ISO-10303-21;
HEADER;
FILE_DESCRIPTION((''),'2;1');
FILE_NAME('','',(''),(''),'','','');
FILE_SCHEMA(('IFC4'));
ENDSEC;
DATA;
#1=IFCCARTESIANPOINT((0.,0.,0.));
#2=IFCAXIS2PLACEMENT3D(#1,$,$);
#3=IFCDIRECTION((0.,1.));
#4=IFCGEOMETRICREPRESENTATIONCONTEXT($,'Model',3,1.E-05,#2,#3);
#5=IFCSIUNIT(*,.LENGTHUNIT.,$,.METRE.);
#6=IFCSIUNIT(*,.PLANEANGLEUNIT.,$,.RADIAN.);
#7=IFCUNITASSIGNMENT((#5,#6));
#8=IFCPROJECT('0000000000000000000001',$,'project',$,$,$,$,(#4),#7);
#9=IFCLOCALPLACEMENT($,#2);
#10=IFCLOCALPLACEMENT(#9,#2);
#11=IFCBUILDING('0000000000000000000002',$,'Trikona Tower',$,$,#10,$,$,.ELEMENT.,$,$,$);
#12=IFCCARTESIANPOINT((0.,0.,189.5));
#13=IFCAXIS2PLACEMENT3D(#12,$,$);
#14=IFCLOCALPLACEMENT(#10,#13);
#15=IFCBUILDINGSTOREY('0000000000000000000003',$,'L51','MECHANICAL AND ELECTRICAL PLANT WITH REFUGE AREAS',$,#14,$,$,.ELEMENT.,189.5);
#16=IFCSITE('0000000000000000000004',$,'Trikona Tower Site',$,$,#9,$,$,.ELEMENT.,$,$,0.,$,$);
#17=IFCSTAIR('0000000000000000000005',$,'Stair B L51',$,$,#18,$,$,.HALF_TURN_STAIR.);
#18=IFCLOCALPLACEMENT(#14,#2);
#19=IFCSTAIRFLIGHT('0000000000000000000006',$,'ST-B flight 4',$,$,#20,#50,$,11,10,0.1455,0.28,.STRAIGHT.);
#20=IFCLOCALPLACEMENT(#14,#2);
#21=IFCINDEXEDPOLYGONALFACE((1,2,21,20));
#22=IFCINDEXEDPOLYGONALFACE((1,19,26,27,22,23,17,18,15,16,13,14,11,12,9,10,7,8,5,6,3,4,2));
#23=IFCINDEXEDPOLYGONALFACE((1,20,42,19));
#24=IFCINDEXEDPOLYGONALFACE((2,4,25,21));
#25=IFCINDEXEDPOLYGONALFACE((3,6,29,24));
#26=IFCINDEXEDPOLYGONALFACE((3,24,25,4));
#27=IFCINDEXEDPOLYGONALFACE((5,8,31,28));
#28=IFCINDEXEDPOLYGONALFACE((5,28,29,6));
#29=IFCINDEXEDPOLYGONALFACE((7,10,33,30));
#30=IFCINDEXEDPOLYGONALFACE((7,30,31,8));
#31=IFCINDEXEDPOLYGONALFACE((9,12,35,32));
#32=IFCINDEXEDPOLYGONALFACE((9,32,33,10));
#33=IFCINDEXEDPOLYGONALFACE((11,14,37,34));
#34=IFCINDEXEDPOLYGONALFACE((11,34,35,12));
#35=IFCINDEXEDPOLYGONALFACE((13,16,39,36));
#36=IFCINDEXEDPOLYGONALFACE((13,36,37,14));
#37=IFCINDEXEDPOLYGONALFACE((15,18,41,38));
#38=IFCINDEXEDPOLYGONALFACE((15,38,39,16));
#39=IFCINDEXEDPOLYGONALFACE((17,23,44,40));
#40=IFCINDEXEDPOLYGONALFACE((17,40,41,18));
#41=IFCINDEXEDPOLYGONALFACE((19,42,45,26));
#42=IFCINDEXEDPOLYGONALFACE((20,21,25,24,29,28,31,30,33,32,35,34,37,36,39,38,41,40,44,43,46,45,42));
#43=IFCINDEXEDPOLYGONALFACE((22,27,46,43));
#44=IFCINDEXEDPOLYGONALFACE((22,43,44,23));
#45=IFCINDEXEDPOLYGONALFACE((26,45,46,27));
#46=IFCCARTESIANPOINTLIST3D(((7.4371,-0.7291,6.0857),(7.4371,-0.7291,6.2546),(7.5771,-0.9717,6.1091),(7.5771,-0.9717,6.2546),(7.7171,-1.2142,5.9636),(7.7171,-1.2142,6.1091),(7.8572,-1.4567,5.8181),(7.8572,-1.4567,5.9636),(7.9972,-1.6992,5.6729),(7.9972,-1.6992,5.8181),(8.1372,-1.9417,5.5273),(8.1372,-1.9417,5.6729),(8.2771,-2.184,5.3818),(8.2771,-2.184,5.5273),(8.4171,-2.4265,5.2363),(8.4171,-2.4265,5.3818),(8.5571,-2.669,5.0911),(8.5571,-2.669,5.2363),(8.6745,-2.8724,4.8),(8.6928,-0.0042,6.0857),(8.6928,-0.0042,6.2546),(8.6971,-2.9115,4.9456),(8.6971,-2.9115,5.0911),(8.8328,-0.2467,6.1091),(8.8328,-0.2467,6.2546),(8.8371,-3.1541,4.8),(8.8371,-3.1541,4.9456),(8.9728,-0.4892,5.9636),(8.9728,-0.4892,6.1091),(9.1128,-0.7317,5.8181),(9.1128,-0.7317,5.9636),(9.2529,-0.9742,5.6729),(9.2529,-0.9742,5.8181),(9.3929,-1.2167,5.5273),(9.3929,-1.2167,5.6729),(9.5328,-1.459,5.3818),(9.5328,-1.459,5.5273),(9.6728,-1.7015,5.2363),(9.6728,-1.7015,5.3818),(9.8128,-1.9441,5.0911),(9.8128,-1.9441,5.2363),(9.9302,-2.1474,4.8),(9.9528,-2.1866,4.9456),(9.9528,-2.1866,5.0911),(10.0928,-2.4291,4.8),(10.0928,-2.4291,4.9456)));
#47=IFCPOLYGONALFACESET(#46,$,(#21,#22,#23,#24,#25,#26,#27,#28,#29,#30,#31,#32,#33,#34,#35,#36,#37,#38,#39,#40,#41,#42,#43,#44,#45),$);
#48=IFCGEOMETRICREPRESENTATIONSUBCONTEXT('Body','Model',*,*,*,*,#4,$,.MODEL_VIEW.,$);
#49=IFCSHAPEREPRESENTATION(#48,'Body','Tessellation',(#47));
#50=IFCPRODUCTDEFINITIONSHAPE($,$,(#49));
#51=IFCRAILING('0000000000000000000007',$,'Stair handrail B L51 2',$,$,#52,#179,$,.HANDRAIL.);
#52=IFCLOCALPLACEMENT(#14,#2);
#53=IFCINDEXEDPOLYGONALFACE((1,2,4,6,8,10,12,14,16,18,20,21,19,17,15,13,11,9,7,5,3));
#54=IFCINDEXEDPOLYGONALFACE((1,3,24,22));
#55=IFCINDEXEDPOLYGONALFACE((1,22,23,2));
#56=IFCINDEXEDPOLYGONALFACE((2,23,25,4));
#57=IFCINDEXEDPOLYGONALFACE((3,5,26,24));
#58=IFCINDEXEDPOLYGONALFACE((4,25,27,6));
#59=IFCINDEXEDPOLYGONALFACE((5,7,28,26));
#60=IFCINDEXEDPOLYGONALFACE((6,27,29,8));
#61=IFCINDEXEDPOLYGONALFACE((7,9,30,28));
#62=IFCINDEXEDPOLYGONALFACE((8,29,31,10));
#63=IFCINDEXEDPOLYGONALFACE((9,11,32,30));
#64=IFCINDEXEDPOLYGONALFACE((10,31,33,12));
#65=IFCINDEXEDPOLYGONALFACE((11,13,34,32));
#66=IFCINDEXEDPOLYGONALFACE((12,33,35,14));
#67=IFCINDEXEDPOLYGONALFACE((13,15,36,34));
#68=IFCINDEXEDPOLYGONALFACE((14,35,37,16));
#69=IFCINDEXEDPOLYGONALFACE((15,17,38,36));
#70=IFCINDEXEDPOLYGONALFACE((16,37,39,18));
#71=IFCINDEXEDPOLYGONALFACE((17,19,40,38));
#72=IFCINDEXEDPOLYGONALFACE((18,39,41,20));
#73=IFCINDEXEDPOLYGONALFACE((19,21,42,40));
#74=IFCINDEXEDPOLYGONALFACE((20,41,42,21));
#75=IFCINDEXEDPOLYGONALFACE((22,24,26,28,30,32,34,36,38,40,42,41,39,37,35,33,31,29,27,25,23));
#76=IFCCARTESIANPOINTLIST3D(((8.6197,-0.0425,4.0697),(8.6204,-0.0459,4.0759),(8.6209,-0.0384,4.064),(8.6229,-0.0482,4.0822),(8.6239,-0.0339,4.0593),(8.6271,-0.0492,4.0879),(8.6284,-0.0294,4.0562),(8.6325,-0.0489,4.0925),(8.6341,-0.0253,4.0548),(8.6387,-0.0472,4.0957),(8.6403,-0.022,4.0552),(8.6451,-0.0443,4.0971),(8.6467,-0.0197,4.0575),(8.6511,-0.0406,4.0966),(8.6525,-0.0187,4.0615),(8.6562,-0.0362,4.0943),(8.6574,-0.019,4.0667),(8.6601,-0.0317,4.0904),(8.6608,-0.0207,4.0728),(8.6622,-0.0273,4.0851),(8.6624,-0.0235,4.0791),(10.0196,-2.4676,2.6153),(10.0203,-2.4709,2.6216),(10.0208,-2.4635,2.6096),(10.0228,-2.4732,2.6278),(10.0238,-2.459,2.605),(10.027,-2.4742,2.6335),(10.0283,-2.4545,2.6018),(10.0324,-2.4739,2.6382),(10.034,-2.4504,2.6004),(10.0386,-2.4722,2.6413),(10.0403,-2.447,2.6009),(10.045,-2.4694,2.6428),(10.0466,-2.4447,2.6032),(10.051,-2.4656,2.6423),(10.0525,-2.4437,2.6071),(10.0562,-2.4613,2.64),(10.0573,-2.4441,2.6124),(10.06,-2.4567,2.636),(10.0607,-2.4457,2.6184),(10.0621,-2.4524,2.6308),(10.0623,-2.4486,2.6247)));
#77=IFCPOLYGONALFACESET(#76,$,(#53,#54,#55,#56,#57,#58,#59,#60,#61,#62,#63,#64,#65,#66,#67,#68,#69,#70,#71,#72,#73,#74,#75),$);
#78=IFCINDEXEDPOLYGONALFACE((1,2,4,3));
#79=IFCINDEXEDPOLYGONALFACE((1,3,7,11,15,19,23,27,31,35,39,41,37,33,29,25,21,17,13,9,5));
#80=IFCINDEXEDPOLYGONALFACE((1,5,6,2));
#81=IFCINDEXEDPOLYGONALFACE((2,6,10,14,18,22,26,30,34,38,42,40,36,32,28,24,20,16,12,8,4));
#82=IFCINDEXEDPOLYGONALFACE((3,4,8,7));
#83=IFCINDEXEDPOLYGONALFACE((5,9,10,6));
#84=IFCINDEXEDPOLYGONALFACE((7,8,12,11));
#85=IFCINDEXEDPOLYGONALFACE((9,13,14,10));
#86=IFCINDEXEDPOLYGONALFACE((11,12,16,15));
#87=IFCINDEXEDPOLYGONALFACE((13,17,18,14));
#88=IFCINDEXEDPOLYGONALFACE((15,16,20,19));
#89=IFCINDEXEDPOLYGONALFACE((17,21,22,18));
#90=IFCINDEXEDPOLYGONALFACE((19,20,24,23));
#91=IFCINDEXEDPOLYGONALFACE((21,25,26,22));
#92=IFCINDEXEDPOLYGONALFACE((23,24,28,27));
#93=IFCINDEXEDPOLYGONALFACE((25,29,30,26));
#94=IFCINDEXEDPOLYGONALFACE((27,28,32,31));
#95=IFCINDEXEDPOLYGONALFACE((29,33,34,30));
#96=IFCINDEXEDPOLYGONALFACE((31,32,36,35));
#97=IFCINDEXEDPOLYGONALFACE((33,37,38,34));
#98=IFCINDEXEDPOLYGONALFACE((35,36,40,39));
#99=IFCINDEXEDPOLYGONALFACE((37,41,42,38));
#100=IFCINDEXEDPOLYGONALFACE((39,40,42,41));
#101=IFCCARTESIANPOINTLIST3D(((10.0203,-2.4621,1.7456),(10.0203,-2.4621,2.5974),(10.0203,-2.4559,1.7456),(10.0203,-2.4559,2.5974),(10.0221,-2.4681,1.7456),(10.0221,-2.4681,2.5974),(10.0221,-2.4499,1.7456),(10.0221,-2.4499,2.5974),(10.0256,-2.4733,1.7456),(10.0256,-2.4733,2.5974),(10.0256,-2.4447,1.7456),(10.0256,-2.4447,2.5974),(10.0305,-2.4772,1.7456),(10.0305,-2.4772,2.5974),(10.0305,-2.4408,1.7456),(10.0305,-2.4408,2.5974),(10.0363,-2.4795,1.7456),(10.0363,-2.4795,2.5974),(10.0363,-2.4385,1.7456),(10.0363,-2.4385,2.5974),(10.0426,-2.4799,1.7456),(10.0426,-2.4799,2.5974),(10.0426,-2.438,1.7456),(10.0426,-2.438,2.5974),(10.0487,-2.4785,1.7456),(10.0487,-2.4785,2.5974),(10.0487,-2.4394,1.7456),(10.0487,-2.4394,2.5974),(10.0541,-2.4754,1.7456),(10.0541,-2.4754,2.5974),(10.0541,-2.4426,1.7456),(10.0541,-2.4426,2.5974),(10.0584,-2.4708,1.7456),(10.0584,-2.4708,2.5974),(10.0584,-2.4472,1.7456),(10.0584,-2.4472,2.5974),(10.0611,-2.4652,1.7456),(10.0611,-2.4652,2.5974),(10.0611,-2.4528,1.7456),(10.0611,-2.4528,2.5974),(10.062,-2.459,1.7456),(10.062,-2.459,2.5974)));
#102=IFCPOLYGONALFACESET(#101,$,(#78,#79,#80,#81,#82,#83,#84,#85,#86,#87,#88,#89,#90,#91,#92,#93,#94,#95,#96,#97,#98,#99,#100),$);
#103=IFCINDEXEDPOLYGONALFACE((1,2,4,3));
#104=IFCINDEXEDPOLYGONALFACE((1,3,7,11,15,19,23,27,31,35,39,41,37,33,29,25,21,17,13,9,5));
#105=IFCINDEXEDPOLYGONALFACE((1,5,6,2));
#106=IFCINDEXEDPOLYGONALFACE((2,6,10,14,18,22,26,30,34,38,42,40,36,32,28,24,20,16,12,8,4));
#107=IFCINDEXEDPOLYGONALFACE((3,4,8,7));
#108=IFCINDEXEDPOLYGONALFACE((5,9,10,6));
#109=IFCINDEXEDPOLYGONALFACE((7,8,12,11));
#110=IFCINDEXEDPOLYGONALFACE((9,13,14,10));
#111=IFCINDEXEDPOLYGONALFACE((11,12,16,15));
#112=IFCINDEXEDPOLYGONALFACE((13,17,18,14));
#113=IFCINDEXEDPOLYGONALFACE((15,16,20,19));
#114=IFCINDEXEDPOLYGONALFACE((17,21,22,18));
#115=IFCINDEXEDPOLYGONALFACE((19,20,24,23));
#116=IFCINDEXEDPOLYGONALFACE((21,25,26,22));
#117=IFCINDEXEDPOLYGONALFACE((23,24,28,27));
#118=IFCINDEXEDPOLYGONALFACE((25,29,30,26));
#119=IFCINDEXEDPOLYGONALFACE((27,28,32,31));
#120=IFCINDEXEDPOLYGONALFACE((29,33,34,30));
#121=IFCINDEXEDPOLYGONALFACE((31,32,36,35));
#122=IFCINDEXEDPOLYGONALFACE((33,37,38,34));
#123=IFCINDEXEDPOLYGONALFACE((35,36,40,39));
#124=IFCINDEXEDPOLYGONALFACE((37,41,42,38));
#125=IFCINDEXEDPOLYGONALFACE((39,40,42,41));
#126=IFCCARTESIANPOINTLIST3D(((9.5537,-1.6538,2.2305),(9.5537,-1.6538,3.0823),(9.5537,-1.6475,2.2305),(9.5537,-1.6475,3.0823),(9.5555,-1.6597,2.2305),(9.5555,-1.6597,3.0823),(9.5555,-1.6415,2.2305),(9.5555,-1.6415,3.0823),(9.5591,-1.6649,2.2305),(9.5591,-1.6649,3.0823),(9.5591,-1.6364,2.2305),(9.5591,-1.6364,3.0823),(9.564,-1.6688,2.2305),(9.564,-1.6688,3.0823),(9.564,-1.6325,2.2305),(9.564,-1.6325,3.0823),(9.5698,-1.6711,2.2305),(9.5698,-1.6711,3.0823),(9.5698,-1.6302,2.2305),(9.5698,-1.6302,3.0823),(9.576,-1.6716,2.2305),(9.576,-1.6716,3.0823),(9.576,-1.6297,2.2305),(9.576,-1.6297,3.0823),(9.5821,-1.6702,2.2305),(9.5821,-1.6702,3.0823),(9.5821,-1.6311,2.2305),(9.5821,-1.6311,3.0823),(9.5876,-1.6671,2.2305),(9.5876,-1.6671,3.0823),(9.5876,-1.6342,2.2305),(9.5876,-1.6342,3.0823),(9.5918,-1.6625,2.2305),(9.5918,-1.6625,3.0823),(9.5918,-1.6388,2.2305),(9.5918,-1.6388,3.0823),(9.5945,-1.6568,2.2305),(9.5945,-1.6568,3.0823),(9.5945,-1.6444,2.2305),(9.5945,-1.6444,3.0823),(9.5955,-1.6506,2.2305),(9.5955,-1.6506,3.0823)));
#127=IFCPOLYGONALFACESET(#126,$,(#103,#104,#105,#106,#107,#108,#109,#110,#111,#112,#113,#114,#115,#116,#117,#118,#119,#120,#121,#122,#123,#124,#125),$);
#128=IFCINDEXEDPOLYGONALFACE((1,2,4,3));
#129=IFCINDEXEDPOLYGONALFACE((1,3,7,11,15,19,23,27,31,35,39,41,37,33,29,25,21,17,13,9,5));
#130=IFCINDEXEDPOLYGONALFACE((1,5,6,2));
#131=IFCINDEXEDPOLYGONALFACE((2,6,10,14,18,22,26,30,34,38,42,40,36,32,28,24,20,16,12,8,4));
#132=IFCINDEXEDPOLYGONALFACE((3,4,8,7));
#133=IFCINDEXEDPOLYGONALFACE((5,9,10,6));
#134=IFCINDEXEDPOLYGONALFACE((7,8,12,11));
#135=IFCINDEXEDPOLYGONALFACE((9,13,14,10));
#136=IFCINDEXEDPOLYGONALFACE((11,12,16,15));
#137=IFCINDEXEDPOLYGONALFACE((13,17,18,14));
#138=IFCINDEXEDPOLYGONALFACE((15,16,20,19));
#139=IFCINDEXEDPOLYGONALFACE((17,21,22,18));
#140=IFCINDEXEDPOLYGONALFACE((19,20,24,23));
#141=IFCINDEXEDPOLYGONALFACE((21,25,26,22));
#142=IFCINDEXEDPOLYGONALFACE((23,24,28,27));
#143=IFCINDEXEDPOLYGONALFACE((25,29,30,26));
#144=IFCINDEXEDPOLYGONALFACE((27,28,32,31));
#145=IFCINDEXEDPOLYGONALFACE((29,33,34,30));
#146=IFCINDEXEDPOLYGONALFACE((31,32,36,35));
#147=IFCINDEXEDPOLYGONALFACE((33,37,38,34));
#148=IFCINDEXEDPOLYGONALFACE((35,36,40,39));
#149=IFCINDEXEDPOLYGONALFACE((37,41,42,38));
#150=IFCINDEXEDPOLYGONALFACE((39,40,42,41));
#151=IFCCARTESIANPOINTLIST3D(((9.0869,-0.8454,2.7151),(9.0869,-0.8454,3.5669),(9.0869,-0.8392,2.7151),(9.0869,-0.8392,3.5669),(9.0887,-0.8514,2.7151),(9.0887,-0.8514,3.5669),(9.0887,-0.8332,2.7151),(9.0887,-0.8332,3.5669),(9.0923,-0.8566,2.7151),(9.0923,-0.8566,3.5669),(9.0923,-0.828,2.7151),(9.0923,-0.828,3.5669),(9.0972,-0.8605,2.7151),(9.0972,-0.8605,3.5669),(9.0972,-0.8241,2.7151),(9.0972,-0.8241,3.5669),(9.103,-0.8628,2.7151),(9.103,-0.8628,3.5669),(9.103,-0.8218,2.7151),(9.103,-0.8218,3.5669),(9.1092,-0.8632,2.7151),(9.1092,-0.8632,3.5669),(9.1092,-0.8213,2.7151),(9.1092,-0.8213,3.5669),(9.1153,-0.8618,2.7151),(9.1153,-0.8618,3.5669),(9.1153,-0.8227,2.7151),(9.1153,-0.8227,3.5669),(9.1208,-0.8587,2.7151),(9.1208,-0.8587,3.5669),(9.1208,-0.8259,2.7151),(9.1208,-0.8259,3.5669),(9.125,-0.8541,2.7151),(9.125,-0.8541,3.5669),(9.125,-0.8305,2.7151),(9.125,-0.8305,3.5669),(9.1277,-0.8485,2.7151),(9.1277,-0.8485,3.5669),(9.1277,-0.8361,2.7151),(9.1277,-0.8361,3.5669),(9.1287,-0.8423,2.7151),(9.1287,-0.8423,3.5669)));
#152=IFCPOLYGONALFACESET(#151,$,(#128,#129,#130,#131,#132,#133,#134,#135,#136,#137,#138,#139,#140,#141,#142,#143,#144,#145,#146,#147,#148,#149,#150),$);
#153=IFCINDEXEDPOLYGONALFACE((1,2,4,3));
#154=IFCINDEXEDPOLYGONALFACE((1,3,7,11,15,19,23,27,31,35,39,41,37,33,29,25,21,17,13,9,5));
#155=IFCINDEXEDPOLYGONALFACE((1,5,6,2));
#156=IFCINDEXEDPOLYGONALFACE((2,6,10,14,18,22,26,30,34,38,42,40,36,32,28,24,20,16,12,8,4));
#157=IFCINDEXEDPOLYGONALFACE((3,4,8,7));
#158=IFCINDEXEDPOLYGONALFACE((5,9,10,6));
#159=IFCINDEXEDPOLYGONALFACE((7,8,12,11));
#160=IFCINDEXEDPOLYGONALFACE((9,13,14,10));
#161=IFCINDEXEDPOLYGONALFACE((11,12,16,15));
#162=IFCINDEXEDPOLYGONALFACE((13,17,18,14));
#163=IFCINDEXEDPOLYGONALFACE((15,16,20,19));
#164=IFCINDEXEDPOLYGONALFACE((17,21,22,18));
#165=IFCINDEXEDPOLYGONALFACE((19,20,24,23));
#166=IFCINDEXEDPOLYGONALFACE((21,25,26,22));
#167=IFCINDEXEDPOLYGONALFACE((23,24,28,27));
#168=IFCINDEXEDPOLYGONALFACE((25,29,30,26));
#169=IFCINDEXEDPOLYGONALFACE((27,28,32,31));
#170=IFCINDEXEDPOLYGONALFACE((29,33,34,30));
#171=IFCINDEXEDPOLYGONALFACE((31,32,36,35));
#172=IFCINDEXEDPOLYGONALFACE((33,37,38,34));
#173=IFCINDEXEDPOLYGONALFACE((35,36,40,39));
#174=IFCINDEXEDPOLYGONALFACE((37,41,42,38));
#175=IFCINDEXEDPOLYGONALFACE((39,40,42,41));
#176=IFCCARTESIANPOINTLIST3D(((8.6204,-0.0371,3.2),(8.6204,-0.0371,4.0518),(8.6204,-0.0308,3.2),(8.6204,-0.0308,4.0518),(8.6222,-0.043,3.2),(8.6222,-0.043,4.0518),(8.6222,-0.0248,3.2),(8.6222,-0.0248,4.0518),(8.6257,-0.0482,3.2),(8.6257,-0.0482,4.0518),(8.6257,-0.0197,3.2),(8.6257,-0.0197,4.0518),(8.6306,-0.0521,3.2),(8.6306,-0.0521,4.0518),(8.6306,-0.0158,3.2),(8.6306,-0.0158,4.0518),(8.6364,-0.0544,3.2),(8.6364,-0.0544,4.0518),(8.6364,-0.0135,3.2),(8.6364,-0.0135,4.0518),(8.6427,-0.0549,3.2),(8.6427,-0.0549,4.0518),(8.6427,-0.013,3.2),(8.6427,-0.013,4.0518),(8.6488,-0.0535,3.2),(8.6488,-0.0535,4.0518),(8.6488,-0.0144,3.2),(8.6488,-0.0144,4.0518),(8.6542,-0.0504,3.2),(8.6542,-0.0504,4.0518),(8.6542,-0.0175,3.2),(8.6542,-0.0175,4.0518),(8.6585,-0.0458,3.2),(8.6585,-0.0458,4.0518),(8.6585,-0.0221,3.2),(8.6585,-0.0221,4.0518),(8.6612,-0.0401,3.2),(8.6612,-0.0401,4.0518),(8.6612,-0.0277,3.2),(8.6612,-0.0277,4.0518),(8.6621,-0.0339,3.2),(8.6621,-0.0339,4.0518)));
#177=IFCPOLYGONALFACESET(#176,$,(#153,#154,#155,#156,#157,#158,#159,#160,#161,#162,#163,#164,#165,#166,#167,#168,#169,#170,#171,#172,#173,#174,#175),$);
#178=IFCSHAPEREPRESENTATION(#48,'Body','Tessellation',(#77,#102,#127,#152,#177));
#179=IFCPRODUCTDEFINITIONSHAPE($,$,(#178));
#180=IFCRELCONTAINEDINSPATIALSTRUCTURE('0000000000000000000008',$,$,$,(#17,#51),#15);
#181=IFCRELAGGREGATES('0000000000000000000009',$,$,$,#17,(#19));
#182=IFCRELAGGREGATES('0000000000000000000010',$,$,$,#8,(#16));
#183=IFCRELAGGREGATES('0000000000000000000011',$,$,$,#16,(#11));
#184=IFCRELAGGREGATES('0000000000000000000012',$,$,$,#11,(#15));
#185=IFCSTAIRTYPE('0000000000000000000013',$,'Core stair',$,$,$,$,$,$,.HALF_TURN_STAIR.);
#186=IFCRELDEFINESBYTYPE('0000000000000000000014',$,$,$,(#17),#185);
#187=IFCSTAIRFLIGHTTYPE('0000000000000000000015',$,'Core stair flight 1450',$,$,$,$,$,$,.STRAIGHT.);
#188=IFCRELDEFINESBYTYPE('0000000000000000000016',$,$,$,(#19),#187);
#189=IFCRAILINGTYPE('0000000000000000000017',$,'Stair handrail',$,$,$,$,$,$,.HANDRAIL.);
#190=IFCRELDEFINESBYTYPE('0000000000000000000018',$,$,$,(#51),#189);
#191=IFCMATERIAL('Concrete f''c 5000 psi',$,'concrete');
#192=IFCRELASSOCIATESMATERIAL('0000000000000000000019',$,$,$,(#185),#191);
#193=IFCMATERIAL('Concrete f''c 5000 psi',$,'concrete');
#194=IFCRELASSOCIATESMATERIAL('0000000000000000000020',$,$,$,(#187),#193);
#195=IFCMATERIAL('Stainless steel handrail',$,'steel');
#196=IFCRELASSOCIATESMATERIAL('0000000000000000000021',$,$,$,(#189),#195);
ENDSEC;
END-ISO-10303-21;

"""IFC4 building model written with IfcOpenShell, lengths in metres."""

from ifc_helpers import new_model, si_unit, direction, frame, origin, origin_2d, place, context, subcontext, project, spatial, polyline, circle, outline, extrude, material, type_object, element, aggregate, save


model = new_model("IFC4")

# Units and contexts
model_context = context("Model", 3, precision=1e-05, world=origin(), true_north=direction((0.0, 1.0)))
body_context = subcontext(model_context, "Body", "Model", "MODEL_VIEW")
ifc_project = project(units=[si_unit("LENGTHUNIT", "METRE"), si_unit("PLANEANGLEUNIT", "RADIAN")], contexts=[model_context])

# Site, building, storey
site_placement = place(None, origin())
site = spatial("IfcSite", under=ifc_project, at=site_placement, Name="Trikona Tower Site", CompositionType="ELEMENT", RefElevation=0.0)
building_placement = place(site_placement, origin())
building = spatial("IfcBuilding", under=site, at=building_placement, Name="Trikona Tower", CompositionType="ELEMENT")
storey_placement = place(building_placement, frame((0.0, 0.0, 189.5)))
storey = spatial("IfcBuildingStorey", under=building, at=storey_placement, Name="L51", Description="MECHANICAL AND ELECTRICAL PLANT WITH REFUGE AREAS", CompositionType="ELEMENT", Elevation=189.5)

# Stair, stair flight
ifc_material_1 = material(Name="Concrete f'c 5000 psi", Category="concrete")
stair_type = type_object("IfcStairType", Name="Core stair", PredefinedType="HALF_TURN_STAIR", material=ifc_material_1)
stair_placement = place(storey_placement, origin())
stair = element("IfcStair", 1, at=stair_placement, inside=storey, type_object=stair_type, Name="Stair B L51", PredefinedType="HALF_TURN_STAIR")
ifc_material_2 = material(Name="Concrete f'c 5000 psi", Category="concrete")
stair_flight_type = type_object("IfcStairFlightType", Name="Core stair flight 1450", PredefinedType="STRAIGHT", material=ifc_material_2)
stair_flight_1_placement = place(storey_placement, frame((9.4651, -2.7915, 4.8), z_axis=(0.0, 0.0, 1.0), x_axis=(-0.5, 0.866025, 0.0)))
stair_flight_1 = element("IfcStairFlight", 2, at=stair_flight_1_placement, type_object=stair_flight_type, Name="ST-B flight 4", NumberOfRisers=11, NumberOfTreads=10, PredefinedType="STRAIGHT", RiserHeight=0.1455, TreadLength=0.28, context=body_context, shape_type="SweptSolid", body=[
    extrude(outline(polyline([(0.0, 0.0), (0.0, 0.1455), (0.28, 0.1455), (0.28, 0.291), (0.5601, 0.291), (0.5601, 0.4363), (0.8401, 0.4363), (0.8401, 0.5818), (1.1201, 0.5818), (1.1201, 0.7273), (1.3999, 0.7273), (1.3999, 0.8728), (1.6799, 0.8728), (1.6799, 1.0181), (1.96, 1.0181), (1.96, 1.1636), (2.24, 1.1636), (2.24, 1.3091), (2.52, 1.3091), (2.52, 1.4546), (2.8, 1.4546), (2.8, 1.6001), (2.8, 1.2856), (0.3252, 0.0), (0.0, 0.0)])), frame((0.0, 0.7251, 0.0), z_axis=(0.0, -1.0, 0.0), x_axis=(1.0, 0.0, 0.0)), (0.0, 0.0, 1.0), 1.45),
])
aggregate(stair, [stair_flight_1])

# Railing
ifc_material_3 = material(Name="Stainless steel handrail", Category="steel")
railing_type = type_object("IfcRailingType", Name="Stair handrail", PredefinedType="HANDRAIL", material=ifc_material_3)
for number, where, name in (
    (3, (10.041, -2.459, 1.7456), "Stair handrail B L51 2"),
):
    element("IfcRailing", number, at=place(storey_placement, frame(where)), inside=storey, type_object=railing_type, Name=name, PredefinedType="HANDRAIL", context=body_context, shape_type="SweptSolid", body=[
        extrude(circle(Radius=0.0239, at=origin_2d()), frame((0.0, 0.0, 0.876), z_axis=(-0.443672, 0.768572, 0.460926), x_axis=(-0.866056, -0.499946, 0.0)), (0.0, 0.0, 1.0), 3.1553),
        extrude(circle(Radius=0.021, at=origin_2d()), origin(), (0.0, 0.0, 1.0), 0.8518),
        extrude(circle(Radius=0.021, at=origin_2d()), frame((-0.4666, 0.8083, 0.4849)), (0.0, 0.0, 1.0), 0.8518),
        extrude(circle(Radius=0.021, at=origin_2d()), frame((-0.9333, 1.6167, 0.9695)), (0.0, 0.0, 1.0), 0.8518),
        extrude(circle(Radius=0.021, at=origin_2d()), frame((-1.3999, 2.425, 1.4543)), (0.0, 0.0, 1.0), 0.8518),
    ])

save(model, "model.ifc")
